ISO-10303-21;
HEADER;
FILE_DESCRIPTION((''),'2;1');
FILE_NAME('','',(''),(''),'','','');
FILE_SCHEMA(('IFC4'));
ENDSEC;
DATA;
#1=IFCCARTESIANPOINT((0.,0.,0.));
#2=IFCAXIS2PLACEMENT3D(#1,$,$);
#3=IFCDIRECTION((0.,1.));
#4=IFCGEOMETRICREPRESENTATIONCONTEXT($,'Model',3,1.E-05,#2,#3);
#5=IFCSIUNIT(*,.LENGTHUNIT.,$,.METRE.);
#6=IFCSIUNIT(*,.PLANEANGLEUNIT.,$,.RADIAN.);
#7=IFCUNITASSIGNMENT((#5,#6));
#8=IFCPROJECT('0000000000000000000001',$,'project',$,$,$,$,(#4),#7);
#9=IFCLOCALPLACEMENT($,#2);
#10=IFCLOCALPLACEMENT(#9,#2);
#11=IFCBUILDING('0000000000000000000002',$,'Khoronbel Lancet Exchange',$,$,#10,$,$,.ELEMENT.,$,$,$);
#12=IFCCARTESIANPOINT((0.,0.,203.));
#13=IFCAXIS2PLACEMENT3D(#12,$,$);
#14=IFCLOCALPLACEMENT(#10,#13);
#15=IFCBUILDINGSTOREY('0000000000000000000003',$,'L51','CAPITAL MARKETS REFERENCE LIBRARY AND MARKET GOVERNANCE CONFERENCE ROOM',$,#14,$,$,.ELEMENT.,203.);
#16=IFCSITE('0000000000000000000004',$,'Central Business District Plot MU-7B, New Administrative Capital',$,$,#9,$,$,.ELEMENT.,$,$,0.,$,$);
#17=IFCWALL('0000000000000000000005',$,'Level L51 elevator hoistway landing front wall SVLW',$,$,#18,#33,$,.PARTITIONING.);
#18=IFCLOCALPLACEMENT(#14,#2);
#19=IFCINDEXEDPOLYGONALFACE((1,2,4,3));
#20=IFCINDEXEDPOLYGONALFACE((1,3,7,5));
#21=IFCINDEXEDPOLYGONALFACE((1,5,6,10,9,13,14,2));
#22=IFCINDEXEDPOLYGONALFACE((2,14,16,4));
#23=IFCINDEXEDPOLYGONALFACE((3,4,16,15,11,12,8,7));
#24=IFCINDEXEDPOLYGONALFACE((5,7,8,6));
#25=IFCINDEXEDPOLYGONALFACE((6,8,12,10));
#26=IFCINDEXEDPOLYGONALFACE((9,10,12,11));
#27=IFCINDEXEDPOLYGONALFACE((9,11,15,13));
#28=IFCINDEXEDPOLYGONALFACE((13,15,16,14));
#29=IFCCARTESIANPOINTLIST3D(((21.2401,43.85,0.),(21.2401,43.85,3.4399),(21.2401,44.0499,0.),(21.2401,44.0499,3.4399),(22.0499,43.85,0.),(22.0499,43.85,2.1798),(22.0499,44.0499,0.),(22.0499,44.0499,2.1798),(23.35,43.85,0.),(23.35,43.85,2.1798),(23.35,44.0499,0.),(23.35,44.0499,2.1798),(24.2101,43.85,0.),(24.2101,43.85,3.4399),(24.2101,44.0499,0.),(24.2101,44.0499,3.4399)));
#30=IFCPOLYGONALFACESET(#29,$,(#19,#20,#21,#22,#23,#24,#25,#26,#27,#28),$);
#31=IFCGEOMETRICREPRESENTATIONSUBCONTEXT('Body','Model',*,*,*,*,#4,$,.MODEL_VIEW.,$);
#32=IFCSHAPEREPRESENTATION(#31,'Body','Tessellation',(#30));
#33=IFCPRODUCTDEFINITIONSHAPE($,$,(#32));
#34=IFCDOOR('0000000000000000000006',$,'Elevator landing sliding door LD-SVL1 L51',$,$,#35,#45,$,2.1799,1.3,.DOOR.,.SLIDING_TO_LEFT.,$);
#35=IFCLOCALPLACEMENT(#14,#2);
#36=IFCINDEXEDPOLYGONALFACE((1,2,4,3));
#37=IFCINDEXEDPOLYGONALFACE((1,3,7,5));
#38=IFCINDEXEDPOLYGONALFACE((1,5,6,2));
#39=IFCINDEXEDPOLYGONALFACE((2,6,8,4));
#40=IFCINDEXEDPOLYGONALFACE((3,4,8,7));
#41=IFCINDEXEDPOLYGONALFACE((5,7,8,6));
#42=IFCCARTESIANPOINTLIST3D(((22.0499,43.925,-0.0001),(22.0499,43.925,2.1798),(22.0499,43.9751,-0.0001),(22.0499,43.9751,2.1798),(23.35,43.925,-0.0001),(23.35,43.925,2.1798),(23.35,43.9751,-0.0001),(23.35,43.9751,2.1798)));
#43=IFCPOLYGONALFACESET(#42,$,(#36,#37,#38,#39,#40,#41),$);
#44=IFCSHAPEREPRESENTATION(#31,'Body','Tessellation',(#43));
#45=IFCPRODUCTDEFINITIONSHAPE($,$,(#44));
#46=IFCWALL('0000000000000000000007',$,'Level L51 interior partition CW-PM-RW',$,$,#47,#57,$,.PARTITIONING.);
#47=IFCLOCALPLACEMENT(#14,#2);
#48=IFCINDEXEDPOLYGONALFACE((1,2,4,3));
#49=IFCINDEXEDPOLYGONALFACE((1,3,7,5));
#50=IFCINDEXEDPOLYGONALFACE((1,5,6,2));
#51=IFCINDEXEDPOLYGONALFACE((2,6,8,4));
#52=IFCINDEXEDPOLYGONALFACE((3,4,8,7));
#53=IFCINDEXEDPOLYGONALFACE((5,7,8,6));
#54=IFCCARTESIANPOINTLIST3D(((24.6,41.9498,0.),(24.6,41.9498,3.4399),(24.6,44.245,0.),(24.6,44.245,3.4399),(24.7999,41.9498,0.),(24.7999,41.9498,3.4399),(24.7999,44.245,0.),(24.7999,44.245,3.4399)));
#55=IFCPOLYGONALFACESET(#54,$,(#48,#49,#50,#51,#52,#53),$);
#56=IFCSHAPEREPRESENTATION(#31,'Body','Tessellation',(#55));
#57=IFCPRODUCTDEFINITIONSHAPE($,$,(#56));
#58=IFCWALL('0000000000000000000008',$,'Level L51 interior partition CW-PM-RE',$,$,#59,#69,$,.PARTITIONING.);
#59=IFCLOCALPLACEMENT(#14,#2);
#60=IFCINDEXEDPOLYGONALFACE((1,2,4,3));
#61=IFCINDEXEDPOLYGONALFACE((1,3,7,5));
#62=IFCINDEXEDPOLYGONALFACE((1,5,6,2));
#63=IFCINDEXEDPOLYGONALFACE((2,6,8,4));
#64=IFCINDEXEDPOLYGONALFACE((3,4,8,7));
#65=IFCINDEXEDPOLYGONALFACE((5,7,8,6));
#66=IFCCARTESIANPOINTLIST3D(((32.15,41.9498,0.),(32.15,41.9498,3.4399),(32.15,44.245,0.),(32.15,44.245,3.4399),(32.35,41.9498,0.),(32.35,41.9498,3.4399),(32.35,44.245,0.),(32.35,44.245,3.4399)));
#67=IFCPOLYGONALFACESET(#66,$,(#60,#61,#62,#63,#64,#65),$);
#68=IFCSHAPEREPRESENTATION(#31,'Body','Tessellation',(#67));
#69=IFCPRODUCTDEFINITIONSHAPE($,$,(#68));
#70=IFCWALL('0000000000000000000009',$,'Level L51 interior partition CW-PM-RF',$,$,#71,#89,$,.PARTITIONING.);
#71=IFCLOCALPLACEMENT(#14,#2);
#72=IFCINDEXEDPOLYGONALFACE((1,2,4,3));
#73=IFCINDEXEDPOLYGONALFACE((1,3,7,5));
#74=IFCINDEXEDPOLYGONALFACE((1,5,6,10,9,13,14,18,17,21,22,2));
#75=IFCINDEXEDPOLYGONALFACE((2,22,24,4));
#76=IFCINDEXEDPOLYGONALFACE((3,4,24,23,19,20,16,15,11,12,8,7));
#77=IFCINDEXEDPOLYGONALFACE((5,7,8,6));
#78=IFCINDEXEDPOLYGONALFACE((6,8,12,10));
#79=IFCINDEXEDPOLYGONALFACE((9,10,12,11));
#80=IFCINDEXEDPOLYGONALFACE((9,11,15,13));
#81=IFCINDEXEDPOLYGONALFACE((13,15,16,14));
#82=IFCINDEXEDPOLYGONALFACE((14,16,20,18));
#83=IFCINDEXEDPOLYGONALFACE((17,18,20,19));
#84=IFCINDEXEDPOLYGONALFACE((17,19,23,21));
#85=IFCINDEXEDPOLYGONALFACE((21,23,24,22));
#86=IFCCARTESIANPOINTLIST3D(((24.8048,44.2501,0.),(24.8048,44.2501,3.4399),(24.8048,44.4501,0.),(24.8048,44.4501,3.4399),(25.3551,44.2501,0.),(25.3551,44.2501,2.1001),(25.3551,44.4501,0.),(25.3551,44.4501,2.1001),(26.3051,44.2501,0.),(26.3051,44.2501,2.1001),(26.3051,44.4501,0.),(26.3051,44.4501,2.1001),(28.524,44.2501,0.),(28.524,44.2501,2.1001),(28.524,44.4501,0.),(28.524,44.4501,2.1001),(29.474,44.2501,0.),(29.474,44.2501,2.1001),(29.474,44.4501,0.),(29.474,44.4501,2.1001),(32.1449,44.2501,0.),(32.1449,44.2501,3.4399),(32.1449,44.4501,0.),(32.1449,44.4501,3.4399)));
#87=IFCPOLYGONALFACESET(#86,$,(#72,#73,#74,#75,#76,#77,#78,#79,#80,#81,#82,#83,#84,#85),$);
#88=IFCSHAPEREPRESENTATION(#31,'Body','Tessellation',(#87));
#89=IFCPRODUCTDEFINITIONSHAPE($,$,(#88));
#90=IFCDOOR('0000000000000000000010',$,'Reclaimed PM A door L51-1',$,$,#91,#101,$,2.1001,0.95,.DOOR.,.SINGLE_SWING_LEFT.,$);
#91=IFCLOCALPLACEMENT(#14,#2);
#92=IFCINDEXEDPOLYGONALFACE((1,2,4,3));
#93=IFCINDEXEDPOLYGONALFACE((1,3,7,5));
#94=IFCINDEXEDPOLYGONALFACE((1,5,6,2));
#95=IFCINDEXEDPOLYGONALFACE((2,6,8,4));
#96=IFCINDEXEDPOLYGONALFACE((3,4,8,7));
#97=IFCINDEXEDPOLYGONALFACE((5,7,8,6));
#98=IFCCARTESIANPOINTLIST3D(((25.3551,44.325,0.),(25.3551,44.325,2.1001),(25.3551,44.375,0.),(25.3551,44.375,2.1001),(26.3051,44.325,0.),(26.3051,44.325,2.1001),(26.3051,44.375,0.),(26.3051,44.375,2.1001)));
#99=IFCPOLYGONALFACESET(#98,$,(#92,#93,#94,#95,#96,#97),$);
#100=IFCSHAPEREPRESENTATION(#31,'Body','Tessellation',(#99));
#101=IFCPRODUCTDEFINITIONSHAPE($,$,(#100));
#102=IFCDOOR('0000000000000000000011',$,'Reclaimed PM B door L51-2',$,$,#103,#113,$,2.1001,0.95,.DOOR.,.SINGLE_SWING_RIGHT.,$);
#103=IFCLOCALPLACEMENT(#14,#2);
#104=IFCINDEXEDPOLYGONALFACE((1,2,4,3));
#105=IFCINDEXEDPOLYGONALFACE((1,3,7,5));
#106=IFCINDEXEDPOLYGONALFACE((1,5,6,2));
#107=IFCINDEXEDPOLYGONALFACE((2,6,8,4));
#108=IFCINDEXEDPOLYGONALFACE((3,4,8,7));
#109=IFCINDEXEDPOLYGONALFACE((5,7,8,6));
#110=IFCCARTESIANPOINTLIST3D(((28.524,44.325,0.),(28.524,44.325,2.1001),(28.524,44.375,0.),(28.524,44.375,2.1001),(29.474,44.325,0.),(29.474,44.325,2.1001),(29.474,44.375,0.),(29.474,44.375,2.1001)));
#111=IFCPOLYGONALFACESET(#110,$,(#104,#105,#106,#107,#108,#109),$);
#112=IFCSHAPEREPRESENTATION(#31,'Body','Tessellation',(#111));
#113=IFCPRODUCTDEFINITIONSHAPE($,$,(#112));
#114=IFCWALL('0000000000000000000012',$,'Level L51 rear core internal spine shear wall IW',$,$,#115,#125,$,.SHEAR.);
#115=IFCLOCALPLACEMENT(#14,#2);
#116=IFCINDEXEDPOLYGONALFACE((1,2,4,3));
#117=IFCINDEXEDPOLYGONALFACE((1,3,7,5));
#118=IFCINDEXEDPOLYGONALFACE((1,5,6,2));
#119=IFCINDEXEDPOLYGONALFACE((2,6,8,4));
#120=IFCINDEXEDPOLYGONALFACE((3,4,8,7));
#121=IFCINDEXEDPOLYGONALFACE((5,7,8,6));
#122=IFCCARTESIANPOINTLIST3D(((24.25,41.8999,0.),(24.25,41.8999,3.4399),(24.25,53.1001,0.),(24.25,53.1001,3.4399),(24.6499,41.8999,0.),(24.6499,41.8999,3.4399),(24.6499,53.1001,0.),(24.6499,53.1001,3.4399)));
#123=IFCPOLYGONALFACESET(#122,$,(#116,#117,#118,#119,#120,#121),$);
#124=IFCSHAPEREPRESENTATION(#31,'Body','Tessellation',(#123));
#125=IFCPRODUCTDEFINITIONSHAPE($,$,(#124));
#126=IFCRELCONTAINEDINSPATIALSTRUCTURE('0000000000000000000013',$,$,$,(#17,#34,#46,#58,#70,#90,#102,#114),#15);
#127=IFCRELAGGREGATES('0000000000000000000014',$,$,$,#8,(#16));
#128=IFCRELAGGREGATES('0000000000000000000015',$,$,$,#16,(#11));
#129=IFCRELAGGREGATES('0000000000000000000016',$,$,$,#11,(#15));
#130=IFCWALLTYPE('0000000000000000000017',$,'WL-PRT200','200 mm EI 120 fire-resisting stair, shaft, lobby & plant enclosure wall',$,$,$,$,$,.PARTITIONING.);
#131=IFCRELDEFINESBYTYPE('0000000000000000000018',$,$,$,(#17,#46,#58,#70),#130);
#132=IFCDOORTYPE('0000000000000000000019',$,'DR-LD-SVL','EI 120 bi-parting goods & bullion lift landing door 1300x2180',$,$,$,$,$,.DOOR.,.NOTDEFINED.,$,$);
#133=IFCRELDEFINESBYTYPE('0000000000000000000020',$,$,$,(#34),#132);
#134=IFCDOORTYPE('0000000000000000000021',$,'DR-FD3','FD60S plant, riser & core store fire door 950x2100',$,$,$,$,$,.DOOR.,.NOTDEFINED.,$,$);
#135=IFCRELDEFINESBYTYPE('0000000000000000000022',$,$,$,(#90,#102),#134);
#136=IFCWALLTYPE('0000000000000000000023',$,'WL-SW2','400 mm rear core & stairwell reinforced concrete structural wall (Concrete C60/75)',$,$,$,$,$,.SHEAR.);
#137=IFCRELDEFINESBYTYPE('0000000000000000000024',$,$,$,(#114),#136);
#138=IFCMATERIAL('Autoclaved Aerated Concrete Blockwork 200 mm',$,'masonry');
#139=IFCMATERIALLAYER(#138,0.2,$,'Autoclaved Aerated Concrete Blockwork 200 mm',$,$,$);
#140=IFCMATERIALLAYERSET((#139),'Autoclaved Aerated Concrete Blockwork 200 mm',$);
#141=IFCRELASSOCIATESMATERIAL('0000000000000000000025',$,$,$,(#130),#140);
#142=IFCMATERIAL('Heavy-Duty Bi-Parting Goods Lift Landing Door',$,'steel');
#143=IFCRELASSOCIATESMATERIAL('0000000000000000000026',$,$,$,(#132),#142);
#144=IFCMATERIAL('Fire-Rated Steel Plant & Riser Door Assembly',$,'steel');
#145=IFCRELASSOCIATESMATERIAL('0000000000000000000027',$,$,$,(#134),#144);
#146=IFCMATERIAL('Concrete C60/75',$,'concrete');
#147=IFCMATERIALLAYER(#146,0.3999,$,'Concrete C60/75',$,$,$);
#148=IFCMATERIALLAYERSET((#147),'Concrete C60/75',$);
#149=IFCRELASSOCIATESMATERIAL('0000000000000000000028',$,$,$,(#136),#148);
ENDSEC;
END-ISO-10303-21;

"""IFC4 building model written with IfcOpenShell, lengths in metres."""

from ifc_helpers import new_model, si_unit, direction, frame, frame_2d, origin, place, context, subcontext, project, spatial, rectangle, extrude, material, layer, layer_set, type_object, element, fill, save


model = new_model("IFC4")

# Units and contexts
model_context = context("Model", 3, precision=1e-05, world=origin(), true_north=direction((0.0, 1.0)))
body_context = subcontext(model_context, "Body", "Model", "MODEL_VIEW")
ifc_project = project(units=[si_unit("LENGTHUNIT", "METRE"), si_unit("PLANEANGLEUNIT", "RADIAN")], contexts=[model_context])

# Site, building, storey
site_placement = place(None, origin())
site = spatial("IfcSite", under=ifc_project, at=site_placement, Name="Central Business District Plot MU-7B, New Administrative Capital", CompositionType="ELEMENT", RefElevation=0.0)
building_placement = place(site_placement, origin())
building = spatial("IfcBuilding", under=site, at=building_placement, Name="Khoronbel Lancet Exchange", CompositionType="ELEMENT")
storey_placement = place(building_placement, frame((0.0, 0.0, 203.0)))
storey = spatial("IfcBuildingStorey", under=building, at=storey_placement, Name="L51", Description="CAPITAL MARKETS REFERENCE LIBRARY AND MARKET GOVERNANCE CONFERENCE ROOM", CompositionType="ELEMENT", Elevation=203.0)

# Shared definitions
ifc_material_1 = material(Name="Concrete C60/75", Category="concrete")

# Wall, opening, door
ifc_material_2 = material(Name="Autoclaved Aerated Concrete Blockwork 200 mm", Category="masonry")
ifc_layer_1 = layer(ifc_material_2, 0.2, Name="Autoclaved Aerated Concrete Blockwork 200 mm")
ifc_layer_set_1 = layer_set([ifc_layer_1], Name="Autoclaved Aerated Concrete Blockwork 200 mm")
wall_type_1 = type_object("IfcWallType", Name="WL-PRT200", Description="200 mm EI 120 fire-resisting stair, shaft, lobby & plant enclosure wall", PredefinedType="PARTITIONING", material=ifc_layer_set_1)
wall_1_placement = place(storey_placement, frame((24.21, 43.95, 0.0), z_axis=(0.0, 0.0, 1.0), x_axis=(-1.0, 0.0, 0.0)))
wall_1 = element("IfcWall", 1, at=wall_1_placement, inside=storey, type_object=wall_type_1, Name="Level L51 elevator hoistway landing front wall SVLW", PredefinedType="PARTITIONING", context=body_context, shape_type="SweptSolid", body=[
    extrude(rectangle(XDim=2.97, YDim=0.2, at=frame_2d((1.4849, 0.0))), origin(), (0.0, 0.0, 1.0), 3.4399),
])
opening_1_placement = place(wall_1_placement, frame((0.8601, 0.0, 0.0)))
opening_1 = element("IfcOpeningElement", 2, at=opening_1_placement, cuts=wall_1, PredefinedType="OPENING", context=body_context, shape_type="SweptSolid", body=[
    extrude(rectangle(XDim=1.3, YDim=2.1799, at=frame_2d((0.6499, 1.0898))), frame((0.0, 0.1099, 0.0), z_axis=(0.0, -1.0, 0.0), x_axis=(1.0, 0.0, 0.0)), (0.0, 0.0, 1.0), 0.22),
])
ifc_material_3 = material(Name="Heavy-Duty Bi-Parting Goods Lift Landing Door", Category="steel")
door_type_1 = type_object("IfcDoorType", Name="DR-LD-SVL", Description="EI 120 bi-parting goods & bullion lift landing door 1300x2180", OperationType="NOTDEFINED", PredefinedType="DOOR", material=ifc_material_3)
door_1_placement = place(opening_1_placement, origin())
door_1 = element("IfcDoor", 3, at=door_1_placement, inside=storey, type_object=door_type_1, Name="Elevator landing sliding door LD-SVL1 L51", OperationType="SLIDING_TO_LEFT", OverallHeight=2.1799, OverallWidth=1.3, PredefinedType="DOOR", context=body_context, shape_type="SweptSolid", body=[
    extrude(rectangle(XDim=1.3, YDim=2.1799, at=frame_2d((0.6499, 1.0898))), frame((0.0, 0.0249, 0.0), z_axis=(0.0, -1.0, 0.0), x_axis=(1.0, 0.0, 0.0)), (0.0, 0.0, 1.0), 0.05),
])
fill(opening_1, door_1)

# Walls
for number, where, z_axis, x_axis, name in (
    (4, (24.7, 41.95, 0.0), (0.0, 0.0, 1.0), (0.0, 1.0, 0.0), "Level L51 interior partition CW-PM-RW"),
    (5, (32.25, 41.95, 0.0), (0.0, 0.0, 1.0), (0.0, 1.0, 0.0), "Level L51 interior partition CW-PM-RE"),
):
    element("IfcWall", number, at=place(storey_placement, frame(where, z_axis=z_axis, x_axis=x_axis)), inside=storey, type_object=wall_type_1, Name=name, PredefinedType="PARTITIONING", context=body_context, shape_type="SweptSolid", body=[
        extrude(rectangle(XDim=2.2952, YDim=0.2, at=frame_2d((1.1475, 0.0))), origin(), (0.0, 0.0, 1.0), 3.4399),
    ])

# Wall, openings, doors
wall_2_placement = place(storey_placement, frame((24.8049, 44.3501, 0.0), z_axis=(0.0, 0.0, 1.0), x_axis=(1.0, 0.0, 0.0)))
wall_2 = element("IfcWall", 6, at=wall_2_placement, inside=storey, type_object=wall_type_1, Name="Level L51 interior partition CW-PM-RF", PredefinedType="PARTITIONING", context=body_context, shape_type="SweptSolid", body=[
    extrude(rectangle(XDim=7.3401, YDim=0.2, at=frame_2d((3.6699, 0.0))), origin(), (0.0, 0.0, 1.0), 3.4399),
])
opening_2_placement = place(wall_2_placement, frame((0.55, 0.0, 0.0)))
opening_2 = element("IfcOpeningElement", 7, at=opening_2_placement, cuts=wall_2, PredefinedType="OPENING", context=body_context, shape_type="SweptSolid", body=[
    extrude(rectangle(XDim=0.95, YDim=2.1001, at=frame_2d((0.4751, 1.05))), frame((0.0, 0.1099, 0.0), z_axis=(0.0, -1.0, 0.0), x_axis=(1.0, 0.0, 0.0)), (0.0, 0.0, 1.0), 0.22),
])
opening_3_placement = place(wall_2_placement, frame((3.719, 0.0, 0.0)))
opening_3 = element("IfcOpeningElement", 8, at=opening_3_placement, cuts=wall_2, PredefinedType="OPENING", context=body_context, shape_type="SweptSolid", body=[
    extrude(rectangle(XDim=0.95, YDim=2.1001, at=frame_2d((0.4751, 1.05))), frame((0.0, 0.1099, 0.0), z_axis=(0.0, -1.0, 0.0), x_axis=(1.0, 0.0, 0.0)), (0.0, 0.0, 1.0), 0.22),
])
ifc_material_4 = material(Name="Fire-Rated Steel Plant & Riser Door Assembly", Category="steel")
door_type_2 = type_object("IfcDoorType", Name="DR-FD3", Description="FD60S plant, riser & core store fire door 950x2100", OperationType="NOTDEFINED", PredefinedType="DOOR", material=ifc_material_4)
door_2_placement = place(opening_2_placement, origin())
door_2 = element("IfcDoor", 9, at=door_2_placement, inside=storey, type_object=door_type_2, Name="Reclaimed PM A door L51-1", OperationType="SINGLE_SWING_LEFT", OverallHeight=2.1001, OverallWidth=0.95, PredefinedType="DOOR", context=body_context, shape_type="SweptSolid", body=[
    extrude(rectangle(XDim=0.95, YDim=2.1001, at=frame_2d((0.4751, 1.05))), frame((0.0, 0.0249, 0.0), z_axis=(0.0, -1.0, 0.0), x_axis=(1.0, 0.0, 0.0)), (0.0, 0.0, 1.0), 0.05),
])
fill(opening_2, door_2)
door_3_placement = place(opening_3_placement, origin())
door_3 = element("IfcDoor", 10, at=door_3_placement, inside=storey, type_object=door_type_2, Name="Reclaimed PM B door L51-2", OperationType="SINGLE_SWING_RIGHT", OverallHeight=2.1001, OverallWidth=0.95, PredefinedType="DOOR", context=body_context, shape_type="SweptSolid", body=[
    extrude(rectangle(XDim=0.95, YDim=2.1001, at=frame_2d((0.4751, 1.05))), frame((0.0, 0.0249, 0.0), z_axis=(0.0, -1.0, 0.0), x_axis=(1.0, 0.0, 0.0)), (0.0, 0.0, 1.0), 0.05),
])
fill(opening_3, door_3)

# Wall
ifc_layer_2 = layer(ifc_material_1, 0.3999, Name="Concrete C60/75")
ifc_layer_set_2 = layer_set([ifc_layer_2], Name="Concrete C60/75")
wall_type_2 = type_object("IfcWallType", Name="WL-SW2", Description="400 mm rear core & stairwell reinforced concrete structural wall (Concrete C60/75)", PredefinedType="SHEAR", material=ifc_layer_set_2)
wall_3_placement = place(storey_placement, frame((24.45, 41.8999, 0.0), z_axis=(0.0, 0.0, 1.0), x_axis=(0.0, 1.0, 0.0)))
element("IfcWall", 11, at=wall_3_placement, inside=storey, type_object=wall_type_2, Name="Level L51 rear core internal spine shear wall IW", PredefinedType="SHEAR", context=body_context, shape_type="SweptSolid", body=[
    extrude(rectangle(XDim=11.2002, YDim=0.3999, at=frame_2d((5.6001, 0.0))), origin(), (0.0, 0.0, 1.0), 3.4399),
])

save(model, "model.ifc")
